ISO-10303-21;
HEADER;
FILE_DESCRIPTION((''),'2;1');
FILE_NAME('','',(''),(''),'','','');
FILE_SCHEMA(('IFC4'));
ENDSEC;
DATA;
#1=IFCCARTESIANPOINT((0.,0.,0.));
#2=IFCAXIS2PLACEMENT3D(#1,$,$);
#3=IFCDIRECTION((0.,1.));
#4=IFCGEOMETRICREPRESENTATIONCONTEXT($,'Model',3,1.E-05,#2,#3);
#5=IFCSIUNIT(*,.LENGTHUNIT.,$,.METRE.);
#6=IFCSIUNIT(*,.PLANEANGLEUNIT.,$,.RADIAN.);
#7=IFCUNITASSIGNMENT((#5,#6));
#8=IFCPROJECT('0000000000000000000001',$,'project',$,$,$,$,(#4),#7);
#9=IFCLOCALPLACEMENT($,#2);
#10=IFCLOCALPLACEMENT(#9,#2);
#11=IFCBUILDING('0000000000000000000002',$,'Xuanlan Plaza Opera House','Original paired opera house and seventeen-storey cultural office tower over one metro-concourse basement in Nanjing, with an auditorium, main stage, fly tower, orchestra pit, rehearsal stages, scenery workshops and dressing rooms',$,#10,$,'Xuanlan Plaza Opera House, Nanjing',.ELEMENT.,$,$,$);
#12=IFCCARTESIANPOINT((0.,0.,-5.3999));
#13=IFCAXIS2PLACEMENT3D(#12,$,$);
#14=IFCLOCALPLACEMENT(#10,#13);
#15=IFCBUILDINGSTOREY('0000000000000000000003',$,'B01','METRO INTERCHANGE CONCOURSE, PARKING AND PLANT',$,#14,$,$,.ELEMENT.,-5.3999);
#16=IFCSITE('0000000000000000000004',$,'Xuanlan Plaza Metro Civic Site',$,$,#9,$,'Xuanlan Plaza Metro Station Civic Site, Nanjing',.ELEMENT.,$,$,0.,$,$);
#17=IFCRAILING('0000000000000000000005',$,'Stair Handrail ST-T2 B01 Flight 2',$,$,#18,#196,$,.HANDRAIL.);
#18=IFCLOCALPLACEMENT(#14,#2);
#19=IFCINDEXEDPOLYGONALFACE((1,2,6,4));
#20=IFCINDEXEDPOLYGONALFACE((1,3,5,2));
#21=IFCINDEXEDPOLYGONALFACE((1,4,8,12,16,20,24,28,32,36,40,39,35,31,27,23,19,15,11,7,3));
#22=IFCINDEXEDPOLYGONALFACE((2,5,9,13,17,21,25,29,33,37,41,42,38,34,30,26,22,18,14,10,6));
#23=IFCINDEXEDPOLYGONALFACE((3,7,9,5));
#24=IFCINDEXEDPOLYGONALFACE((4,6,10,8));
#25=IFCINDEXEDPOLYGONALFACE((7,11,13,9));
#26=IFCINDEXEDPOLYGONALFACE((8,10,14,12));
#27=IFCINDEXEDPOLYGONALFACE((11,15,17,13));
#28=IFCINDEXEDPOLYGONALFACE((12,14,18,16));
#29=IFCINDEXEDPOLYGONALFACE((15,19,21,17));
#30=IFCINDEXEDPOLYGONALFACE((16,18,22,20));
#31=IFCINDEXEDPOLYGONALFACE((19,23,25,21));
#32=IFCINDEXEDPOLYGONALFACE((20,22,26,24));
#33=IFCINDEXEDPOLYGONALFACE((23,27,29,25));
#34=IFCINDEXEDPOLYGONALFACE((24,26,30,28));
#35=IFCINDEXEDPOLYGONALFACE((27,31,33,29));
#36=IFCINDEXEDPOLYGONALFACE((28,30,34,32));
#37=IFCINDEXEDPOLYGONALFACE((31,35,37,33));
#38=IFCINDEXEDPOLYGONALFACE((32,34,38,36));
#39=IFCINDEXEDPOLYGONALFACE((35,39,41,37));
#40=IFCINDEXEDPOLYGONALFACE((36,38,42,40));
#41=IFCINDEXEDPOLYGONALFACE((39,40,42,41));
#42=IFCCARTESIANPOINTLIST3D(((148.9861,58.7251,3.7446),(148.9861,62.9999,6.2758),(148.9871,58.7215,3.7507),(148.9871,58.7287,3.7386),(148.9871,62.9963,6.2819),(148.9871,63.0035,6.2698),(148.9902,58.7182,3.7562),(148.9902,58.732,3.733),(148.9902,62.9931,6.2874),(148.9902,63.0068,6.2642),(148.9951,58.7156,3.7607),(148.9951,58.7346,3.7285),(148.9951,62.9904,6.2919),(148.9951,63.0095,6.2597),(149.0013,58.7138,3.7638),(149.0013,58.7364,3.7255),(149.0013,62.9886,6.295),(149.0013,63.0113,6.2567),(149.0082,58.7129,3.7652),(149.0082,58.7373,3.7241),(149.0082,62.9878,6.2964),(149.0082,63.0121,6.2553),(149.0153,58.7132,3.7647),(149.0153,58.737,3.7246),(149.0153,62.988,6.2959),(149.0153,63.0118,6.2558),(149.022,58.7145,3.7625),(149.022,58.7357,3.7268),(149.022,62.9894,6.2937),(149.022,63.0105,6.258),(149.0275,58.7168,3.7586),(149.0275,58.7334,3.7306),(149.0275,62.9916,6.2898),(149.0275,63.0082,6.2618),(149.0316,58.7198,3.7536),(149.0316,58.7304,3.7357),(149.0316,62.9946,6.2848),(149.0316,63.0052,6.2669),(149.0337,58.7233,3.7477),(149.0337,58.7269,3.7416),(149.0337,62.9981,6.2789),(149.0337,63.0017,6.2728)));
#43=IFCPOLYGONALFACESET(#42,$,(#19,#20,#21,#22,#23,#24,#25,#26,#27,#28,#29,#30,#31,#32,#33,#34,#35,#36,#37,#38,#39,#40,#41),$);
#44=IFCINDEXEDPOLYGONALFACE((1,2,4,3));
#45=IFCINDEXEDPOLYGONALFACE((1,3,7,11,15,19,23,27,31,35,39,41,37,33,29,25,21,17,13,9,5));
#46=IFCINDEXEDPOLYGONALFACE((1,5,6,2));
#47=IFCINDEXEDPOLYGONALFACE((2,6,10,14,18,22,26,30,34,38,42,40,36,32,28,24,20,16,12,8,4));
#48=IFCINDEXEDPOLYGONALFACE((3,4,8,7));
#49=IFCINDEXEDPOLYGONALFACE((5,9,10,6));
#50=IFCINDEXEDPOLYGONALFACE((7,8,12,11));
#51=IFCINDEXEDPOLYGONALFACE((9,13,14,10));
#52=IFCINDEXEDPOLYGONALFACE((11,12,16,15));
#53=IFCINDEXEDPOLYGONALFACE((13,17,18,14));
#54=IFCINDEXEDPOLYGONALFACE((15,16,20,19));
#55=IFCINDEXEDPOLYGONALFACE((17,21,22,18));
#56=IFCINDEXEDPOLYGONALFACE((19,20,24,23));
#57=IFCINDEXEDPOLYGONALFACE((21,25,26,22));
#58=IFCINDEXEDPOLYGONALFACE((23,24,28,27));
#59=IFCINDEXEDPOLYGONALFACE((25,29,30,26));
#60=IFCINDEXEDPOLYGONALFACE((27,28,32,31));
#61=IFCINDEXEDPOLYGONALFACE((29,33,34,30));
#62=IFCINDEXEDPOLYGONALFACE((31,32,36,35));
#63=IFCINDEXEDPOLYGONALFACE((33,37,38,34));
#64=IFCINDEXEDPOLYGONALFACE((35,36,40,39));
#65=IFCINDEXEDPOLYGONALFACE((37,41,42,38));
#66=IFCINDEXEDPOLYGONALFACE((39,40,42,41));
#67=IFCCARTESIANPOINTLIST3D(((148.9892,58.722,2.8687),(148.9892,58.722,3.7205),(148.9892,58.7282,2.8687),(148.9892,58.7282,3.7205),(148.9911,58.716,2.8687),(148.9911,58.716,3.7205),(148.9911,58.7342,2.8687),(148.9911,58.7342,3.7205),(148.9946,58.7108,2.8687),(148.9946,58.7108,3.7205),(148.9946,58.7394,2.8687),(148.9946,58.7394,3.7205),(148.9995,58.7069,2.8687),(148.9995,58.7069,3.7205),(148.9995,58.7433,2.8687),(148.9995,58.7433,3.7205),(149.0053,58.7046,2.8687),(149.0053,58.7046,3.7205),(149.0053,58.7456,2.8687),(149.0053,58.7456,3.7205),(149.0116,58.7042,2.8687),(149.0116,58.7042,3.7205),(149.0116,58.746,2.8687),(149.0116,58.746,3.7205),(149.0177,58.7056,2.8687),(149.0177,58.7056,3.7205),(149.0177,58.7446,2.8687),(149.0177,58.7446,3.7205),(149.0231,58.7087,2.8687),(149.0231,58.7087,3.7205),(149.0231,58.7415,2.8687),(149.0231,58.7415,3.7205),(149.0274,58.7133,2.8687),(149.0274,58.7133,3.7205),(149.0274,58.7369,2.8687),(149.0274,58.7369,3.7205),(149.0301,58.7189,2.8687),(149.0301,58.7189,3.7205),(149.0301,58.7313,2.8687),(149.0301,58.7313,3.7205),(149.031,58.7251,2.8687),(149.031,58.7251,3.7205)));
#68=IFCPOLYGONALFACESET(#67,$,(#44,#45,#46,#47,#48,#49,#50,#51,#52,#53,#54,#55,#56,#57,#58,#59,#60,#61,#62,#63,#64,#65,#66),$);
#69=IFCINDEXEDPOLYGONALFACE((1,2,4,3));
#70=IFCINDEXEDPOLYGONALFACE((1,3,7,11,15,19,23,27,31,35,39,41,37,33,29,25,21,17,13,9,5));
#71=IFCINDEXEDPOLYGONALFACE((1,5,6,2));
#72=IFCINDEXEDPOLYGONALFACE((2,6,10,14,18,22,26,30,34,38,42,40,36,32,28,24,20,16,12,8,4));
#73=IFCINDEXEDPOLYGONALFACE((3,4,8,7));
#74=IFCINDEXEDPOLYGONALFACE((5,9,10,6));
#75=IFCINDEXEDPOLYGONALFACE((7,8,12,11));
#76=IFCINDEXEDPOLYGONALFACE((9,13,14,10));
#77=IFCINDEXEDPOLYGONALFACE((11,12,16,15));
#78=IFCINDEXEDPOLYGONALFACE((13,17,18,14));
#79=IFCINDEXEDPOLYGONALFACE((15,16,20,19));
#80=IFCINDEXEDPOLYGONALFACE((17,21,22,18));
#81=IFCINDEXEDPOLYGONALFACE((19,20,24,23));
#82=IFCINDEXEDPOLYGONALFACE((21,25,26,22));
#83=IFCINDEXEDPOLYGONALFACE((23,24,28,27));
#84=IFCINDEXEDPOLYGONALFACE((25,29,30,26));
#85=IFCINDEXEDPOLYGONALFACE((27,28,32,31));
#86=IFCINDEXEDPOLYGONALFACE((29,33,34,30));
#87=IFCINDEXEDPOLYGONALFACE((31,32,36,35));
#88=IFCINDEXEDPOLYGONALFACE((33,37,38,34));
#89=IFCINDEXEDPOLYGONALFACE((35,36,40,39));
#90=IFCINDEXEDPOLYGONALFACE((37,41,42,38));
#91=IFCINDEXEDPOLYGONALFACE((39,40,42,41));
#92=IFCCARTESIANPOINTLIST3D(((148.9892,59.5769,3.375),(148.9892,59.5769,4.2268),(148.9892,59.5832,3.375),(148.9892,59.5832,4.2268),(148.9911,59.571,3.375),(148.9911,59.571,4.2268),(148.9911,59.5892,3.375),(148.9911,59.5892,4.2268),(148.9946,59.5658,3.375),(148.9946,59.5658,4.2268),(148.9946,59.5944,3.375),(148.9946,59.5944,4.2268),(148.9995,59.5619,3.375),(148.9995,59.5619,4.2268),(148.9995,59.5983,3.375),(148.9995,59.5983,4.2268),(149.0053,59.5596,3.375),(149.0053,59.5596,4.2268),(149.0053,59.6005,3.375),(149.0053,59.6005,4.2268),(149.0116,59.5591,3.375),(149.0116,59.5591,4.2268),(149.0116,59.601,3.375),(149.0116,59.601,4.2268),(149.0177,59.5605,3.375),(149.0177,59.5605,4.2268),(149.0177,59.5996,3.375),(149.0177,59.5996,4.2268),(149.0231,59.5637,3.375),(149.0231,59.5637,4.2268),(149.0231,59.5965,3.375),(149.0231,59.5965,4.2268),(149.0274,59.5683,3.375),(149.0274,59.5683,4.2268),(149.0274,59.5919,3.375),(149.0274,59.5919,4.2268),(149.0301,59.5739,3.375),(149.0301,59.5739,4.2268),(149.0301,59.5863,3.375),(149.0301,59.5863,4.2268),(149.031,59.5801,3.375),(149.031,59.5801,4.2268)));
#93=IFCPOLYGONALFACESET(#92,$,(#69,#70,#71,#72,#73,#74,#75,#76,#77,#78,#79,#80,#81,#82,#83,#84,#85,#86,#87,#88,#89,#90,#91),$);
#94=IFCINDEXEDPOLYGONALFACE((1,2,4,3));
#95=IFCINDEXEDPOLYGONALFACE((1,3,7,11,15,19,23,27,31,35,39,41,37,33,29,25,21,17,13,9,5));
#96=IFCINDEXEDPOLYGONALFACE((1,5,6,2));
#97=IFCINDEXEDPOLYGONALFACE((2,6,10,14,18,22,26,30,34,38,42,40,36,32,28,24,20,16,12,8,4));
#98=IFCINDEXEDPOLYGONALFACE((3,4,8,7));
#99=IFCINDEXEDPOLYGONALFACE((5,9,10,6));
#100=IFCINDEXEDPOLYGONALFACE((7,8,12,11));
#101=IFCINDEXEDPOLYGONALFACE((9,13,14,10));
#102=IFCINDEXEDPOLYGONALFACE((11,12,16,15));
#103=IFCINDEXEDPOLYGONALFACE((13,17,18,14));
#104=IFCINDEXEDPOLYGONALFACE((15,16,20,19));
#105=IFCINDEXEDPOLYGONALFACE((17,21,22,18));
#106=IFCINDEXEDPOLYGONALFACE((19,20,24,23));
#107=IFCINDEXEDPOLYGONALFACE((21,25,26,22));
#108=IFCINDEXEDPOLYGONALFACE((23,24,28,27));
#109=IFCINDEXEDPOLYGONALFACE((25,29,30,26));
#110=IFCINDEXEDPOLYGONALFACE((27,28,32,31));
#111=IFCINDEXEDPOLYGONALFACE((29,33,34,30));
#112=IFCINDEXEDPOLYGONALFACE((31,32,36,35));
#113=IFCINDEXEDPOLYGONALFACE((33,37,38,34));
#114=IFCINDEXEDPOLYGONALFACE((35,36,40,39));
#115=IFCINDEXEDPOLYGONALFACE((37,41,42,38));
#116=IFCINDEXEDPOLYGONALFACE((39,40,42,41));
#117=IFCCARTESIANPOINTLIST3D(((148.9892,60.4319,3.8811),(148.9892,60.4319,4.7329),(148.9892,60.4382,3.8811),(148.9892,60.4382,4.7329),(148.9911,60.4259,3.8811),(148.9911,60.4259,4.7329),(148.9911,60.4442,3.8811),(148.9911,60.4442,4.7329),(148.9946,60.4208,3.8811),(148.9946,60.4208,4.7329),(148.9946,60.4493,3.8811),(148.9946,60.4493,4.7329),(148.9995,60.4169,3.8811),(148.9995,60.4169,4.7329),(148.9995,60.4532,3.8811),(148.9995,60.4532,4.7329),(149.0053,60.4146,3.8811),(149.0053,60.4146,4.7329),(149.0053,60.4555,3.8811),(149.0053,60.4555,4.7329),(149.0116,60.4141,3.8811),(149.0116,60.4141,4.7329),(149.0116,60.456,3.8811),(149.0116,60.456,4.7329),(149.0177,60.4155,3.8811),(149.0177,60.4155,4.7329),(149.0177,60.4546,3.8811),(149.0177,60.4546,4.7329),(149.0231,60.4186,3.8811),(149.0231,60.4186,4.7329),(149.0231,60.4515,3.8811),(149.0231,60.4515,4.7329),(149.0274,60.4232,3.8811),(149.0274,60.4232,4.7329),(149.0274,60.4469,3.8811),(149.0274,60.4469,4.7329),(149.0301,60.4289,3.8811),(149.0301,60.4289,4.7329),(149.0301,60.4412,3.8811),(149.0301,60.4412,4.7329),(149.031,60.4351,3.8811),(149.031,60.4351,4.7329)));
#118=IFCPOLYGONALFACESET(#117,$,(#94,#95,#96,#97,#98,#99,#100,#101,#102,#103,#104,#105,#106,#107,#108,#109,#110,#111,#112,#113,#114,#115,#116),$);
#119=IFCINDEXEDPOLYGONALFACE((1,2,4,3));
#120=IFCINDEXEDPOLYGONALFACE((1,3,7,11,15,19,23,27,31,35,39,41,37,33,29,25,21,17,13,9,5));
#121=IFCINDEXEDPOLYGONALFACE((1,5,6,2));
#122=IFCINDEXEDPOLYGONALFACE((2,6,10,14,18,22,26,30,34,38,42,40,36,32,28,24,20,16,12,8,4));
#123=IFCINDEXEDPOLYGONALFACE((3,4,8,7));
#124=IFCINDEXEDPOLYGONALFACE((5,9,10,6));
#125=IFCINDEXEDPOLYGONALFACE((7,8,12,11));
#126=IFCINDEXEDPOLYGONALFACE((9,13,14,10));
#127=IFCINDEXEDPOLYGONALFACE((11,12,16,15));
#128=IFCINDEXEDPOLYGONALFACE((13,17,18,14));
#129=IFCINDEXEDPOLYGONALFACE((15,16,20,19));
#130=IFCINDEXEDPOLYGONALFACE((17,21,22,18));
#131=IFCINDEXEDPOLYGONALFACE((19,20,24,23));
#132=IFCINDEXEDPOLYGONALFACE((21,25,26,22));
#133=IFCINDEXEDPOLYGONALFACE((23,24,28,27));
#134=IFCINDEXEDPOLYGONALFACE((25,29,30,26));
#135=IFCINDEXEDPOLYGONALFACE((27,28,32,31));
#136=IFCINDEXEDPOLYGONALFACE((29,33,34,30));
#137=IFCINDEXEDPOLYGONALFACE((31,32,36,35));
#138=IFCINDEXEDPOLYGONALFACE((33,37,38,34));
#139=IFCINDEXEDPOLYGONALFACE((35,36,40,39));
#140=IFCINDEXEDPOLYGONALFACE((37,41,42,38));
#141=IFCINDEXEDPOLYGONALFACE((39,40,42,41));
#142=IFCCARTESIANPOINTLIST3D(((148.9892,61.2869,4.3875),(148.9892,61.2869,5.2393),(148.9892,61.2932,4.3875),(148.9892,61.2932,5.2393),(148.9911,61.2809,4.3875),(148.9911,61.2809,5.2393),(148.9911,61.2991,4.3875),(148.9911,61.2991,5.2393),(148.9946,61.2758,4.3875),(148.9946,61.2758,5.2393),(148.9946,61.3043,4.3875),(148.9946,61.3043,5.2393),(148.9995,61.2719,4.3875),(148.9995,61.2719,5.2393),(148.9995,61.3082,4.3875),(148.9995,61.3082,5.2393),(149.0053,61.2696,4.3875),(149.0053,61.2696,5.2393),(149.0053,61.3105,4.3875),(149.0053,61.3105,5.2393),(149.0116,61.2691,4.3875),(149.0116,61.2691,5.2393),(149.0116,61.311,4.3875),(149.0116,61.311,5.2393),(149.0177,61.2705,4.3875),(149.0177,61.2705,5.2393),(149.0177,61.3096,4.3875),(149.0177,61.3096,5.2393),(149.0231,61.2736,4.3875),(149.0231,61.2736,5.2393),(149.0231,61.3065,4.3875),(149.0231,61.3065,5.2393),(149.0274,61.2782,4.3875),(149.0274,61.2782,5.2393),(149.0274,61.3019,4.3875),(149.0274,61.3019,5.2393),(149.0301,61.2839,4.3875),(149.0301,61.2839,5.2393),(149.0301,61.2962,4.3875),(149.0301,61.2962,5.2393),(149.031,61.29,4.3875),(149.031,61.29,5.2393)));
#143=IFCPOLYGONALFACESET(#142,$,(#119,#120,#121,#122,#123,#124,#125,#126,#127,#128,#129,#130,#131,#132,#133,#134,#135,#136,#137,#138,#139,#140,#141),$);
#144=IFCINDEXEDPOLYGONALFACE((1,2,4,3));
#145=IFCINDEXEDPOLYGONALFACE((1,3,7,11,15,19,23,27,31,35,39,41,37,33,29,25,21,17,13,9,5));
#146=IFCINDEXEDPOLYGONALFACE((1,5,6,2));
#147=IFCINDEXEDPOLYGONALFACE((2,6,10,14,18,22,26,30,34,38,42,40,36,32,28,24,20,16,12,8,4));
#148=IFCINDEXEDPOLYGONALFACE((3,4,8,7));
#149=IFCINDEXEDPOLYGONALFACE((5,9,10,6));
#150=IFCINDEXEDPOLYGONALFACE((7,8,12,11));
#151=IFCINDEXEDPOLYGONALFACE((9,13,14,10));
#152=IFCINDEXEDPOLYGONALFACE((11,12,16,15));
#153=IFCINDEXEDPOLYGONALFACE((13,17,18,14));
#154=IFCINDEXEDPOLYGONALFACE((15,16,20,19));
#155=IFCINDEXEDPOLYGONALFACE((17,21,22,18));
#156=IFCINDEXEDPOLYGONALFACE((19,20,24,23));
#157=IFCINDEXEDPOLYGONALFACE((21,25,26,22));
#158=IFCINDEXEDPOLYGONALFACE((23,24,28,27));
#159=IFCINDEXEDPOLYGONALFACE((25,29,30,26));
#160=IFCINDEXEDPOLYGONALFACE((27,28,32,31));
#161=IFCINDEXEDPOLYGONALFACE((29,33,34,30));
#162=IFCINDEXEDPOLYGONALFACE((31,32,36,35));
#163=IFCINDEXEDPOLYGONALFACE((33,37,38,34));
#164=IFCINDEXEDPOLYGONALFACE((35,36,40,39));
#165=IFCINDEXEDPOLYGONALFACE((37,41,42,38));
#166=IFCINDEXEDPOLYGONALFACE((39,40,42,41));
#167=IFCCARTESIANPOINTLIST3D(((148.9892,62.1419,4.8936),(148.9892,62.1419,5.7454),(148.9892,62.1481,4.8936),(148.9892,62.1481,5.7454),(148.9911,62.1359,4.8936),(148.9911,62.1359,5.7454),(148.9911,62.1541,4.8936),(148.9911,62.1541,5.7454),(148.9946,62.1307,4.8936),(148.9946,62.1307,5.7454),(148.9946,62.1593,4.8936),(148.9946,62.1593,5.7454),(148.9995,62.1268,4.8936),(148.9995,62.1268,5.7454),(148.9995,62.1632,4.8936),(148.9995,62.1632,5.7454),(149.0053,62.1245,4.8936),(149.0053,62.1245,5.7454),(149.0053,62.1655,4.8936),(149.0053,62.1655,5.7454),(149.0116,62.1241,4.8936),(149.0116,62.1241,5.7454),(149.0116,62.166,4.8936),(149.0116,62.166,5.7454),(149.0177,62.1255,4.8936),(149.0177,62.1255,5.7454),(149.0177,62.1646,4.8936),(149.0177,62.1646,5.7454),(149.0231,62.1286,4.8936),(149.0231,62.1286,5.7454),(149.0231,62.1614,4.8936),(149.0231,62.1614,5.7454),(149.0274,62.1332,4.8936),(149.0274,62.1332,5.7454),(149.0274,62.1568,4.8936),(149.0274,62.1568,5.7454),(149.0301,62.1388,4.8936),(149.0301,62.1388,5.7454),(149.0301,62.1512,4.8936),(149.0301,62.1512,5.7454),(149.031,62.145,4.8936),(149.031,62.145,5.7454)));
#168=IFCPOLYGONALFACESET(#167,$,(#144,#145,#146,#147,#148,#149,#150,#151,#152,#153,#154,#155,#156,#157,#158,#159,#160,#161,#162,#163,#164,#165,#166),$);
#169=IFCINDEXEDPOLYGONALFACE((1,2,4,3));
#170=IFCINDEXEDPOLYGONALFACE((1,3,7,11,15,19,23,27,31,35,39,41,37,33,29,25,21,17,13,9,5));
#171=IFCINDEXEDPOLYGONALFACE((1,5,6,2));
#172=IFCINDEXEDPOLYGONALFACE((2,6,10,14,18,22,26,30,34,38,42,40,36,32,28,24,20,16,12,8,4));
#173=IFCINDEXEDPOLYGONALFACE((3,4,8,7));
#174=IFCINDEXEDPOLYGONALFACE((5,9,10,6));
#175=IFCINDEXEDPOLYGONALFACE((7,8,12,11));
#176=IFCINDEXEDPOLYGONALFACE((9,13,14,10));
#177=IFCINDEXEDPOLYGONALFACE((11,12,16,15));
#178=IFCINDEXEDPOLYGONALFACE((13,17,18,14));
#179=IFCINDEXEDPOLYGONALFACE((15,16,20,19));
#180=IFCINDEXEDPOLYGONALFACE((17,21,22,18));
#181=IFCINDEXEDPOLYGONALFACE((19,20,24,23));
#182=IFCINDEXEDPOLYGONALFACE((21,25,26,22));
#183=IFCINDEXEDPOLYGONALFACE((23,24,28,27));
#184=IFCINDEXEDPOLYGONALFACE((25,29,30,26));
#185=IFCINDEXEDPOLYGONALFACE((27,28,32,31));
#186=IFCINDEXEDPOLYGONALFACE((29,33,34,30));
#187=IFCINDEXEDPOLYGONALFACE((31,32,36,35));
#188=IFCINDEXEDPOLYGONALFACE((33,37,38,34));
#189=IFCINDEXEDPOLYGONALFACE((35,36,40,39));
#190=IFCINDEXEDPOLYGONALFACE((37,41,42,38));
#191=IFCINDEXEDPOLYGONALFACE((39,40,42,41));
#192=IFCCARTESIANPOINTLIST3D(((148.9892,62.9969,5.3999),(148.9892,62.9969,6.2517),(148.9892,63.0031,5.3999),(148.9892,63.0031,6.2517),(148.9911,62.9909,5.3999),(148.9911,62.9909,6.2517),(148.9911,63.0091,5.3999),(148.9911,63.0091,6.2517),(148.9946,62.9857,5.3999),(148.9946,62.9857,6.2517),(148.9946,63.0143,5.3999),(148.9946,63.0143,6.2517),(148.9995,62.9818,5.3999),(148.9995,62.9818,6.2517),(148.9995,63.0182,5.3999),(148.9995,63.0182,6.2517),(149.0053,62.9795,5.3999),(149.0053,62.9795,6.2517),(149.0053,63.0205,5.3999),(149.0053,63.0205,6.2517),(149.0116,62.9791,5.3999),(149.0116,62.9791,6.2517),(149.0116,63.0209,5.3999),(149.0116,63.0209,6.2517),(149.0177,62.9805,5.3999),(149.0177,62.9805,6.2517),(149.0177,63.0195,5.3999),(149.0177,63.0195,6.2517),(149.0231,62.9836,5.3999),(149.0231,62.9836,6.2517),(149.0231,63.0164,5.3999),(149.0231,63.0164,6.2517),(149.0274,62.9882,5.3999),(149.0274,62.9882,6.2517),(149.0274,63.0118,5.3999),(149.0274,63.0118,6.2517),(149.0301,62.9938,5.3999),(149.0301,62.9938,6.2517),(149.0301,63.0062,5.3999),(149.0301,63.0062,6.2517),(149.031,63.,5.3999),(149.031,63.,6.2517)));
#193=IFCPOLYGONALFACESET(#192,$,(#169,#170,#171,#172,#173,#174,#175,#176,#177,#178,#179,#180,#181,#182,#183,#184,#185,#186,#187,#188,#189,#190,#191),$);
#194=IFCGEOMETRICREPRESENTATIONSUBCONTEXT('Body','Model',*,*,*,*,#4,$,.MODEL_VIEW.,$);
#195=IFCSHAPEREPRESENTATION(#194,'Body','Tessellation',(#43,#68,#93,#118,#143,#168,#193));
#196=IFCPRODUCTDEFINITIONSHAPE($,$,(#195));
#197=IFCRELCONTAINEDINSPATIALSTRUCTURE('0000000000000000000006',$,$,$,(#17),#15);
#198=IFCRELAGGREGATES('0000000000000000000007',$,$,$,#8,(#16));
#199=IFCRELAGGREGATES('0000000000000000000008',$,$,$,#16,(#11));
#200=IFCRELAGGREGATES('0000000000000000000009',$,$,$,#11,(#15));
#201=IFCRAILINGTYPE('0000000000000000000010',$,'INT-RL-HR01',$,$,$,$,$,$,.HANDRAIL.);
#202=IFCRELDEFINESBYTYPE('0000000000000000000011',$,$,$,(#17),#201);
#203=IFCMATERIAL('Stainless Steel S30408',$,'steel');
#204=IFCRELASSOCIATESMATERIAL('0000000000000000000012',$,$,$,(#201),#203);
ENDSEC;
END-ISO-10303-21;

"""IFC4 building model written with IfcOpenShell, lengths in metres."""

from ifc_helpers import new_model, si_unit, direction, frame, origin, origin_2d, place, context, subcontext, project, spatial, circle, extrude, material, type_object, element, save


model = new_model("IFC4")

# Units and contexts
model_context = context("Model", 3, precision=1e-05, world=origin(), true_north=direction((0.0, 1.0)))
body_context = subcontext(model_context, "Body", "Model", "MODEL_VIEW")
ifc_project = project(units=[si_unit("LENGTHUNIT", "METRE"), si_unit("PLANEANGLEUNIT", "RADIAN")], contexts=[model_context])

# Site, building, storey
site_placement = place(None, origin())
site = spatial("IfcSite", under=ifc_project, at=site_placement, Name="Xuanlan Plaza Metro Civic Site", LongName="Xuanlan Plaza Metro Station Civic Site, Nanjing", CompositionType="ELEMENT", RefElevation=0.0)
building_placement = place(site_placement, origin())
building = spatial("IfcBuilding", under=site, at=building_placement, Name="Xuanlan Plaza Opera House", Description="Original paired opera house and seventeen-storey cultural office tower over one metro-concourse basement in Nanjing, with an auditorium, main stage, fly tower, orchestra pit, rehearsal stages, scenery workshops and dressing rooms", LongName="Xuanlan Plaza Opera House, Nanjing", CompositionType="ELEMENT")
storey_placement = place(building_placement, frame((0.0, 0.0, -5.3999)))
storey = spatial("IfcBuildingStorey", under=building, at=storey_placement, Name="B01", Description="METRO INTERCHANGE CONCOURSE, PARKING AND PLANT", CompositionType="ELEMENT", Elevation=-5.3999)

# Shared definitions
ifc_material_1 = material(Name="Stainless Steel S30408", Category="steel")

# Railing
railing_type = type_object("IfcRailingType", Name="INT-RL-HR01", PredefinedType="HANDRAIL", material=ifc_material_1)
for number, where, name in (
    (1, (149.01, 58.7251, 2.8687), "Stair Handrail ST-T2 B01 Flight 2"),
):
    element("IfcRailing", number, at=place(storey_placement, frame(where)), inside=storey, type_object=railing_type, Name=name, PredefinedType="HANDRAIL", context=body_context, shape_type="SweptSolid", body=[
        extrude(circle(Radius=0.0239, at=origin_2d()), frame((0.0, 0.0, 0.876), z_axis=(0.0, 0.86047, 0.509501), x_axis=(-1.0, 0.0, 0.0)), (0.0, 0.0, 1.0), 4.968),
        extrude(circle(Radius=0.021, at=origin_2d()), origin(), (0.0, 0.0, 1.0), 0.8518),
        extrude(circle(Radius=0.021, at=origin_2d()), frame((0.0, 0.855, 0.5063)), (0.0, 0.0, 1.0), 0.8518),
        extrude(circle(Radius=0.021, at=origin_2d()), frame((0.0, 1.71, 1.0125)), (0.0, 0.0, 1.0), 0.8518),
        extrude(circle(Radius=0.021, at=origin_2d()), frame((0.0, 2.5649, 1.5188)), (0.0, 0.0, 1.0), 0.8518),
        extrude(circle(Radius=0.021, at=origin_2d()), frame((0.0, 3.4199, 2.0249)), (0.0, 0.0, 1.0), 0.8518),
        extrude(circle(Radius=0.021, at=origin_2d()), frame((0.0, 4.2749, 2.5312)), (0.0, 0.0, 1.0), 0.8518),
    ])

save(model, "model.ifc")
